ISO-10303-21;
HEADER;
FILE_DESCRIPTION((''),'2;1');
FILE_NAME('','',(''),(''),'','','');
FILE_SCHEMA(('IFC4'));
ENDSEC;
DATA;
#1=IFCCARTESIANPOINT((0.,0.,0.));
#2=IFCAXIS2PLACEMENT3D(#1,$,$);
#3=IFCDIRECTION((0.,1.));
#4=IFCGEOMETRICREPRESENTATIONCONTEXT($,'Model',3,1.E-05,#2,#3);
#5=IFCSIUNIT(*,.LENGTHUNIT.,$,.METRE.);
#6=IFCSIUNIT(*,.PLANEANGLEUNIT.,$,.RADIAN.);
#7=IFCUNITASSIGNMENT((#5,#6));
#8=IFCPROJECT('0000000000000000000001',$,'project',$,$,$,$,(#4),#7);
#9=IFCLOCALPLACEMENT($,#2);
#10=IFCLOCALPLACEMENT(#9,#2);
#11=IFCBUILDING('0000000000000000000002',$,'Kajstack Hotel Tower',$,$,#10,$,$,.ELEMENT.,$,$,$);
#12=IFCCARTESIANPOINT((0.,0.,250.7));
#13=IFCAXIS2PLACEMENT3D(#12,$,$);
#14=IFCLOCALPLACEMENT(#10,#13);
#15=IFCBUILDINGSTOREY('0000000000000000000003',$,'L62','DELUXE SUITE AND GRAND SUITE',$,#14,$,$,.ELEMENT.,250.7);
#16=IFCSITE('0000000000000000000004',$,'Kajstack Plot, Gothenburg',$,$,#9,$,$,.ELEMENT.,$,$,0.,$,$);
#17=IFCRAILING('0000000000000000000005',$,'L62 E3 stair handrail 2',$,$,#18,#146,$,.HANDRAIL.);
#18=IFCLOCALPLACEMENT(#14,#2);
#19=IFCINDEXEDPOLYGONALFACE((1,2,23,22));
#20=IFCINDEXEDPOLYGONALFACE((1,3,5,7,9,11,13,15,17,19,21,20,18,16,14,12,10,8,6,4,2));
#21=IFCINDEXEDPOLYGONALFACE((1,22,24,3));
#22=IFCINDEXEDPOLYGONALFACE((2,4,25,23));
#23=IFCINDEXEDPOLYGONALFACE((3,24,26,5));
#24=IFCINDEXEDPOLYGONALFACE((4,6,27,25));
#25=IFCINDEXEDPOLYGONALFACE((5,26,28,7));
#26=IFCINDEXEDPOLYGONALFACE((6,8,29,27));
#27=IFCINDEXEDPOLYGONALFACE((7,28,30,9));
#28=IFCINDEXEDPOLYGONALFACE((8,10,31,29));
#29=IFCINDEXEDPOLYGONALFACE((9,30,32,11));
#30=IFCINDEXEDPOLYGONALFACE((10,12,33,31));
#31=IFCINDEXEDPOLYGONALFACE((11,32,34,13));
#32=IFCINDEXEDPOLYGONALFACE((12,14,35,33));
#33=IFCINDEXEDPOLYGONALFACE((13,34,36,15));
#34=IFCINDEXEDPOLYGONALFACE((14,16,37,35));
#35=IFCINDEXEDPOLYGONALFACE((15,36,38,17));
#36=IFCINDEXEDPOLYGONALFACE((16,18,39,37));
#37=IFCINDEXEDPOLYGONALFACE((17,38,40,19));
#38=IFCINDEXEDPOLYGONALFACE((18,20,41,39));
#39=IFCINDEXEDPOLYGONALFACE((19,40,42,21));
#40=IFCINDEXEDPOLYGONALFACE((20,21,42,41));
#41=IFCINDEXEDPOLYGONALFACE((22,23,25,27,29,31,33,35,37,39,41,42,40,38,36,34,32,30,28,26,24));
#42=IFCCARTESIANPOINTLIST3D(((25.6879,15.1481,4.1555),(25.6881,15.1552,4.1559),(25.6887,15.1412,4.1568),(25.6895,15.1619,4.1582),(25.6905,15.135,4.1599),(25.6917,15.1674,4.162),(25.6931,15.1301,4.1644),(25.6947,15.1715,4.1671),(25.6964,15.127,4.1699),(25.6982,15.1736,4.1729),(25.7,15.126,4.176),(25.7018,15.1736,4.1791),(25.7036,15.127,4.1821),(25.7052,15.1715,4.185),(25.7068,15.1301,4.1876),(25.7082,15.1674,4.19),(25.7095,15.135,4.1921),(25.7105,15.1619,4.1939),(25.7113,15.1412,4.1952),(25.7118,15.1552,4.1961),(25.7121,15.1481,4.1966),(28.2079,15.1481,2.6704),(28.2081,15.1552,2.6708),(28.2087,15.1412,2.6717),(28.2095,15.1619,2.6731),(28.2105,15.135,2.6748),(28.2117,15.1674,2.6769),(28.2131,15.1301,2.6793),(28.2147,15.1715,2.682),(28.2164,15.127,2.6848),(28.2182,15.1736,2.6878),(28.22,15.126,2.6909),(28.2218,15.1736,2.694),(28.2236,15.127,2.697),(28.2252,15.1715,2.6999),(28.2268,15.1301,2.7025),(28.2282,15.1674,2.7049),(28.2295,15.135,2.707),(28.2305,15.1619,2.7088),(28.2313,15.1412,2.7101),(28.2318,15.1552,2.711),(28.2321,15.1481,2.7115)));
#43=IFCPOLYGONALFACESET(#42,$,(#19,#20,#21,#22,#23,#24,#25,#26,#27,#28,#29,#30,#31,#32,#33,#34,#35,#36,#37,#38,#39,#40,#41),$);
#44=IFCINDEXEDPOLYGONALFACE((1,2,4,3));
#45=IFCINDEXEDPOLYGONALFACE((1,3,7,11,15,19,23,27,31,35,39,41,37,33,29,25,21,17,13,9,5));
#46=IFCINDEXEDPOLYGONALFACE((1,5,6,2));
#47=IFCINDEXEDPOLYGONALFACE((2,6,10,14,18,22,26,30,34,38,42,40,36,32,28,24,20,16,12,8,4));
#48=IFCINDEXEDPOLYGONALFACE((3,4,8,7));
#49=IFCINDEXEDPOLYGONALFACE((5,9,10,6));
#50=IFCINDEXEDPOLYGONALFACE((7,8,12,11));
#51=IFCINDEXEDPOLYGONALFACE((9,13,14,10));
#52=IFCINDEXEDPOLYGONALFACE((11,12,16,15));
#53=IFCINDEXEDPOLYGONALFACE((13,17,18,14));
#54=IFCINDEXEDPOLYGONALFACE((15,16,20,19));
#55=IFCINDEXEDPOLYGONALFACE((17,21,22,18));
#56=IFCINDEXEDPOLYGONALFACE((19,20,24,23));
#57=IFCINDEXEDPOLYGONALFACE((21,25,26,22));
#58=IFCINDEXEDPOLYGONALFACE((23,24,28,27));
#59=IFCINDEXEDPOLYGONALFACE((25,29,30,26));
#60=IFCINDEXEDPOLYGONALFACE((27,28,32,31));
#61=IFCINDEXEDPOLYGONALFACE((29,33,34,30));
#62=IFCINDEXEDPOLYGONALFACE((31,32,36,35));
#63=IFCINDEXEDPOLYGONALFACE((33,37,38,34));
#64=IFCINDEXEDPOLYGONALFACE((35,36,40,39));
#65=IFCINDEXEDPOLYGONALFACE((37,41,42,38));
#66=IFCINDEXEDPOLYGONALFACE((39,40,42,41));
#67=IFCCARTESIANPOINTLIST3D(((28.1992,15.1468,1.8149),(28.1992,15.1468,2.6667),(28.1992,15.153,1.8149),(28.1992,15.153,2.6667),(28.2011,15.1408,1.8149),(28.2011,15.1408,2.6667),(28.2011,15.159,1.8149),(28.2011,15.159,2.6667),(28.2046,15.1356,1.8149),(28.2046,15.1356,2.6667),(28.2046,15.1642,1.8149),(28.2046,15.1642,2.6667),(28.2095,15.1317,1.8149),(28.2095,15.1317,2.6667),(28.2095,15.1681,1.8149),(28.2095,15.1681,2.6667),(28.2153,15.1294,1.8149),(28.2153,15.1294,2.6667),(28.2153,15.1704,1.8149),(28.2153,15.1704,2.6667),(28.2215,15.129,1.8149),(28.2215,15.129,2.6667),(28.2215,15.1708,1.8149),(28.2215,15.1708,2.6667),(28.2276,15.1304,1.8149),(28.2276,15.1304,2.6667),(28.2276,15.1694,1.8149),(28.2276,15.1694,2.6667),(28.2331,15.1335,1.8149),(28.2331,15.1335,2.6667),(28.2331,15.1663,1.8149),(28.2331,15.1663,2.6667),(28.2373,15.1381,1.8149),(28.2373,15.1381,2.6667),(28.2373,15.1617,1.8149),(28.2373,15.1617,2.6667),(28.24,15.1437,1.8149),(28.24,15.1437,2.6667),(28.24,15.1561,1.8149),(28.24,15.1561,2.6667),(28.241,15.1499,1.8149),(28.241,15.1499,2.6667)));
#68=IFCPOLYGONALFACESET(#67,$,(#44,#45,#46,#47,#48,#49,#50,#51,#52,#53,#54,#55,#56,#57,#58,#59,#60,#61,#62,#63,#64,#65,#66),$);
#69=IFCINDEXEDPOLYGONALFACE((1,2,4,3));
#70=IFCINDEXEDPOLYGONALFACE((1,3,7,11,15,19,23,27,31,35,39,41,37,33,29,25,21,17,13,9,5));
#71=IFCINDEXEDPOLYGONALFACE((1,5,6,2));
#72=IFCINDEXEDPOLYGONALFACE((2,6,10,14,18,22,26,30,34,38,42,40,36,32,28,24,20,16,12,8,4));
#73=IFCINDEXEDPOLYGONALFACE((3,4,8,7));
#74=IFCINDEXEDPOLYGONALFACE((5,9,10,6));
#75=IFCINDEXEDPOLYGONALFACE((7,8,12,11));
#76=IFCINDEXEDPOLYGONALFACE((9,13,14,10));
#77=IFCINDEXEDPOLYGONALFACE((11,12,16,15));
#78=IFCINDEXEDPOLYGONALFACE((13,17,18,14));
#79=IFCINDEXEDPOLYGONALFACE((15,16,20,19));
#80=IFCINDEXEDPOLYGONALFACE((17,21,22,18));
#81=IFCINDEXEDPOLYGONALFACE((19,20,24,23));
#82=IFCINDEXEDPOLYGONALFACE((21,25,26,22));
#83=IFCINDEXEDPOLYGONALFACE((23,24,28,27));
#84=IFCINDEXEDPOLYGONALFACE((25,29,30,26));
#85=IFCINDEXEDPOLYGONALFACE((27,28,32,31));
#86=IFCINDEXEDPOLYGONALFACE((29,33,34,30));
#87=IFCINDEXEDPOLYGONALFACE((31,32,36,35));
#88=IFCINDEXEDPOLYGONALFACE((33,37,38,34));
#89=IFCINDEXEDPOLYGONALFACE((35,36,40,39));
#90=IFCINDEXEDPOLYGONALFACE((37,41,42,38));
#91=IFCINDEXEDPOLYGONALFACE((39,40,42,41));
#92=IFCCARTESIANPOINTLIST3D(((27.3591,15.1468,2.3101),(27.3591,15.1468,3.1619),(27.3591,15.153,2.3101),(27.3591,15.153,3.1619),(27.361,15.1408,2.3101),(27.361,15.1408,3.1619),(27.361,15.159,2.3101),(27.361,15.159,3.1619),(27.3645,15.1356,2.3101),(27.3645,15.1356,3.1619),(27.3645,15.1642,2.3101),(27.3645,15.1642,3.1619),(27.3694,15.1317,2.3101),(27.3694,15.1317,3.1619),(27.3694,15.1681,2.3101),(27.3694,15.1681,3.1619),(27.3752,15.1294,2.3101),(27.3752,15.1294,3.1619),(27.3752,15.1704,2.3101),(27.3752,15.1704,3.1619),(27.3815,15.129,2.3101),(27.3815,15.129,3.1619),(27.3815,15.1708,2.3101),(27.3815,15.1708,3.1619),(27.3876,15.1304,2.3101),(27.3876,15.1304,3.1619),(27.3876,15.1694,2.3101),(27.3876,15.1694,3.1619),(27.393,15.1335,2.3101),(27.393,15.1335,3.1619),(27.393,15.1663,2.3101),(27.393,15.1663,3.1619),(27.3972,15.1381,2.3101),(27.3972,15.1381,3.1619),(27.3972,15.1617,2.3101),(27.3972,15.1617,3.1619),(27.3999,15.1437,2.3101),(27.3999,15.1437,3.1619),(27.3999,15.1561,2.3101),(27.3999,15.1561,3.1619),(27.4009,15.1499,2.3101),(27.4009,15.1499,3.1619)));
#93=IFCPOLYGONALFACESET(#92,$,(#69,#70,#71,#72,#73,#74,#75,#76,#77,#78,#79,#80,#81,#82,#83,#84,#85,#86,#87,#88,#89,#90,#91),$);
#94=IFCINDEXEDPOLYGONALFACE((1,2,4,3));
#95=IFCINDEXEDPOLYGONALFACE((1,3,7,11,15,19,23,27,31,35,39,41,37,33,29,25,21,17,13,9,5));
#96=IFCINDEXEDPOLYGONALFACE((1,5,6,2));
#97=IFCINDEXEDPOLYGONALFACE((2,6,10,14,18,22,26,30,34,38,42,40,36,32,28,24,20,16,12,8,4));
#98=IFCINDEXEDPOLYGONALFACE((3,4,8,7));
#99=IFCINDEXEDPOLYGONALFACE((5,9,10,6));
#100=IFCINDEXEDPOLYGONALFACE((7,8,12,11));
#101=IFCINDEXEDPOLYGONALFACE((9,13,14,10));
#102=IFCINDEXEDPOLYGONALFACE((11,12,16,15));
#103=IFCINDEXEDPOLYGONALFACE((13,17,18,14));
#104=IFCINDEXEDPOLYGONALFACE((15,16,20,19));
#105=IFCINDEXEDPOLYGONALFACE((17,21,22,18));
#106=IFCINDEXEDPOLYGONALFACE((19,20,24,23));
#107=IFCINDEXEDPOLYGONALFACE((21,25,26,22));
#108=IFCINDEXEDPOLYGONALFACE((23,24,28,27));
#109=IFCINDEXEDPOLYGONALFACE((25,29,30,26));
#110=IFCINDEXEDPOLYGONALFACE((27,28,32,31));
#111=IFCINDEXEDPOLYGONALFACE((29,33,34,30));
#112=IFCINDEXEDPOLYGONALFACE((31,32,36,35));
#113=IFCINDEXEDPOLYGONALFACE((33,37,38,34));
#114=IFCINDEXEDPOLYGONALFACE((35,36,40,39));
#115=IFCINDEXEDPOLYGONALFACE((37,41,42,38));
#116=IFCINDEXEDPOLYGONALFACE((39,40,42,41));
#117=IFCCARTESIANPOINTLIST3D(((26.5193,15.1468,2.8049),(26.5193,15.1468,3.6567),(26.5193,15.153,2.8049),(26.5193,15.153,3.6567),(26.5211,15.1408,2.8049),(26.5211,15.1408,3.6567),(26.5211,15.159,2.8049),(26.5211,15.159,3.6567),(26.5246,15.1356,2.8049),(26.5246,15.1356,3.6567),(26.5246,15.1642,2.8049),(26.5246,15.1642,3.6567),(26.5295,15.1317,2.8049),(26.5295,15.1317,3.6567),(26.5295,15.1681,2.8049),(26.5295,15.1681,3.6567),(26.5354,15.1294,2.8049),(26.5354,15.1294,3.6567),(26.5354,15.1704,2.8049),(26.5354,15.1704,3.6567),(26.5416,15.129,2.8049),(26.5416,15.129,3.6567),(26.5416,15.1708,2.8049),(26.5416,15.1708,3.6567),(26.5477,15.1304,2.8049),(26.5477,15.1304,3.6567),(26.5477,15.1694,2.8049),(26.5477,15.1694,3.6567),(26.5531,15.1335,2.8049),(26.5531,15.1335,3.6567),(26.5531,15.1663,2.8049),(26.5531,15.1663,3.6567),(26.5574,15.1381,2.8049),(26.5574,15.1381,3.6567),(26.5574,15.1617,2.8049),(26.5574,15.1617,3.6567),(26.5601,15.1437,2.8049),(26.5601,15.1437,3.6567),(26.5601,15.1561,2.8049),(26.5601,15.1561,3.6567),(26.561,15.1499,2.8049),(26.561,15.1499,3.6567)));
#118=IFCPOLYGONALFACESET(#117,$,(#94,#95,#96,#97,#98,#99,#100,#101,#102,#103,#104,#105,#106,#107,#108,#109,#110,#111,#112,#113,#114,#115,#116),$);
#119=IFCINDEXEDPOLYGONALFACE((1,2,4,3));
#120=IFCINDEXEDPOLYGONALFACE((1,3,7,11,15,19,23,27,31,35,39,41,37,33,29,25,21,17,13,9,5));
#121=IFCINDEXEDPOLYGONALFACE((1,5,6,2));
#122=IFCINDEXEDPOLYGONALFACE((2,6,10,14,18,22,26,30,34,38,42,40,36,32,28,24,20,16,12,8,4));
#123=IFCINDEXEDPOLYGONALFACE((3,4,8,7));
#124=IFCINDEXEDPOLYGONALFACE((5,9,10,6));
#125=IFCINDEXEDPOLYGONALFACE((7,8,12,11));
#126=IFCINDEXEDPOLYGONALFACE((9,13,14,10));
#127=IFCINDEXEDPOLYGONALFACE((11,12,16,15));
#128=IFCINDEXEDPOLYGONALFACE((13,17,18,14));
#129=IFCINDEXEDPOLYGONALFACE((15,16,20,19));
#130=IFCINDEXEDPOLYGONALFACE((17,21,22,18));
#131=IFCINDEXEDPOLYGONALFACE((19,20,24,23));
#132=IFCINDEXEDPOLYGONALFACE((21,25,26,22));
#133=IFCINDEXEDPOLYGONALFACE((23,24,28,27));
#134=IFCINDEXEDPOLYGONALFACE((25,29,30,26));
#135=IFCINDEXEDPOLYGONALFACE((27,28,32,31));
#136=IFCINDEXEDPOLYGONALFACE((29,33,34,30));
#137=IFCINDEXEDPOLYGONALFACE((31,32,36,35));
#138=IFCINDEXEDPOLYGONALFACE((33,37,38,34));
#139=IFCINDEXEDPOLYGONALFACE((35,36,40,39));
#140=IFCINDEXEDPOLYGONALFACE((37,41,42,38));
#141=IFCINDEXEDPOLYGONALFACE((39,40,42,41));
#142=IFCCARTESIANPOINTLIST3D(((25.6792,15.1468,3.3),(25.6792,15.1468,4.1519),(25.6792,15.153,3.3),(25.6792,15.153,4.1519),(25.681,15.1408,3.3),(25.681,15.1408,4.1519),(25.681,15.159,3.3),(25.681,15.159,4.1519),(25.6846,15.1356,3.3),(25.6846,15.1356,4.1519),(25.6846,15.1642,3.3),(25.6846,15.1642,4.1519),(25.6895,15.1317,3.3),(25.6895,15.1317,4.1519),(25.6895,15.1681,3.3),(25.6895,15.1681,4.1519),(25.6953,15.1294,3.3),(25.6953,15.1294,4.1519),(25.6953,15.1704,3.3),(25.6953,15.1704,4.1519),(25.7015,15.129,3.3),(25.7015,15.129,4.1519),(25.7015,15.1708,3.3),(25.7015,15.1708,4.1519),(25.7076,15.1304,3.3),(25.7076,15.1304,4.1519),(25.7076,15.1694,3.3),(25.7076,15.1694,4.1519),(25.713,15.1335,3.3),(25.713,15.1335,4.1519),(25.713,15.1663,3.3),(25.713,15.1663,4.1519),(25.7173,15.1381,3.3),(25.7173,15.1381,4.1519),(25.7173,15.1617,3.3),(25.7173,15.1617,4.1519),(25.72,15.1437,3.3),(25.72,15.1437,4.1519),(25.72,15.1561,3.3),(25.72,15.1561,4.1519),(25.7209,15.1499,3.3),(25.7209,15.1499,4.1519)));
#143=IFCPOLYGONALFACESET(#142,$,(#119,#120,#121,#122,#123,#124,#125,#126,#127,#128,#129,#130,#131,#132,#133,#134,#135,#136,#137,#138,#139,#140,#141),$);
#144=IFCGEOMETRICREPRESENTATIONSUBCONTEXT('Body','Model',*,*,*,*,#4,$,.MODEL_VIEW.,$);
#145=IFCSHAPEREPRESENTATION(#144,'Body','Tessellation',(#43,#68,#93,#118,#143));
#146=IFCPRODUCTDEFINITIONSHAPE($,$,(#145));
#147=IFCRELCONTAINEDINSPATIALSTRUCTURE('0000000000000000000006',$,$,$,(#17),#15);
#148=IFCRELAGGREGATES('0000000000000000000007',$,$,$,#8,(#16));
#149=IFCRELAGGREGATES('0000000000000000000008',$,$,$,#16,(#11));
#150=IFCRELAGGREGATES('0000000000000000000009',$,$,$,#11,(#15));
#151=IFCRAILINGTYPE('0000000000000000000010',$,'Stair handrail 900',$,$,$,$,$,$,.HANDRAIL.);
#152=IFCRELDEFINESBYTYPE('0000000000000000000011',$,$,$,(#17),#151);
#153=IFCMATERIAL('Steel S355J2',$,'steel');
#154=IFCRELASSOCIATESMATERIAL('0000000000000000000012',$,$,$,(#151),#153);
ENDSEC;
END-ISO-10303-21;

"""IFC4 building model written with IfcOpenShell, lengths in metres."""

from ifc_helpers import new_model, si_unit, direction, frame, origin, origin_2d, place, context, subcontext, project, spatial, circle, extrude, material, type_object, element, save


model = new_model("IFC4")

# Units and contexts
model_context = context("Model", 3, precision=1e-05, world=origin(), true_north=direction((0.0, 1.0)))
body_context = subcontext(model_context, "Body", "Model", "MODEL_VIEW")
ifc_project = project(units=[si_unit("LENGTHUNIT", "METRE"), si_unit("PLANEANGLEUNIT", "RADIAN")], contexts=[model_context])

# Site, building, storey
site_placement = place(None, origin())
site = spatial("IfcSite", under=ifc_project, at=site_placement, Name="Kajstack Plot, Gothenburg", CompositionType="ELEMENT", RefElevation=0.0)
building_placement = place(site_placement, origin())
building = spatial("IfcBuilding", under=site, at=building_placement, Name="Kajstack Hotel Tower", CompositionType="ELEMENT")
storey_placement = place(building_placement, frame((0.0, 0.0, 250.7)))
storey = spatial("IfcBuildingStorey", under=building, at=storey_placement, Name="L62", Description="DELUXE SUITE AND GRAND SUITE", CompositionType="ELEMENT", Elevation=250.7)

# Railing
ifc_material_1 = material(Name="Steel S355J2", Category="steel")
railing_type_1 = type_object("IfcRailingType", Name="Stair handrail 900", PredefinedType="HANDRAIL", material=ifc_material_1)
railing_1_placement = place(storey_placement, frame((28.22, 15.1499, 1.8149)))
element("IfcRailing", 1, at=railing_1_placement, inside=storey, type_object=railing_type_1, Name="L62 E3 stair handrail 2", PredefinedType="HANDRAIL", context=body_context, shape_type="SweptSolid", body=[
    extrude(circle(Radius=0.0239, at=origin_2d()), frame((0.0, 0.0, 0.876), z_axis=(-0.861524, 0.0, 0.507717), x_axis=(0.0, -1.0, 0.0)), (0.0, 0.0, 1.0), 2.925),
    extrude(circle(Radius=0.021, at=origin_2d()), origin(), (0.0, 0.0, 1.0), 0.8518),
    extrude(circle(Radius=0.021, at=origin_2d()), frame((-0.8401, 0.0, 0.4951)), (0.0, 0.0, 1.0), 0.8518),
    extrude(circle(Radius=0.021, at=origin_2d()), frame((-1.6799, 0.0, 0.99)), (0.0, 0.0, 1.0), 0.8518),
    extrude(circle(Radius=0.021, at=origin_2d()), frame((-2.52, 0.0, 1.4851)), (0.0, 0.0, 1.0), 0.8518),
])

save(model, "model.ifc")
